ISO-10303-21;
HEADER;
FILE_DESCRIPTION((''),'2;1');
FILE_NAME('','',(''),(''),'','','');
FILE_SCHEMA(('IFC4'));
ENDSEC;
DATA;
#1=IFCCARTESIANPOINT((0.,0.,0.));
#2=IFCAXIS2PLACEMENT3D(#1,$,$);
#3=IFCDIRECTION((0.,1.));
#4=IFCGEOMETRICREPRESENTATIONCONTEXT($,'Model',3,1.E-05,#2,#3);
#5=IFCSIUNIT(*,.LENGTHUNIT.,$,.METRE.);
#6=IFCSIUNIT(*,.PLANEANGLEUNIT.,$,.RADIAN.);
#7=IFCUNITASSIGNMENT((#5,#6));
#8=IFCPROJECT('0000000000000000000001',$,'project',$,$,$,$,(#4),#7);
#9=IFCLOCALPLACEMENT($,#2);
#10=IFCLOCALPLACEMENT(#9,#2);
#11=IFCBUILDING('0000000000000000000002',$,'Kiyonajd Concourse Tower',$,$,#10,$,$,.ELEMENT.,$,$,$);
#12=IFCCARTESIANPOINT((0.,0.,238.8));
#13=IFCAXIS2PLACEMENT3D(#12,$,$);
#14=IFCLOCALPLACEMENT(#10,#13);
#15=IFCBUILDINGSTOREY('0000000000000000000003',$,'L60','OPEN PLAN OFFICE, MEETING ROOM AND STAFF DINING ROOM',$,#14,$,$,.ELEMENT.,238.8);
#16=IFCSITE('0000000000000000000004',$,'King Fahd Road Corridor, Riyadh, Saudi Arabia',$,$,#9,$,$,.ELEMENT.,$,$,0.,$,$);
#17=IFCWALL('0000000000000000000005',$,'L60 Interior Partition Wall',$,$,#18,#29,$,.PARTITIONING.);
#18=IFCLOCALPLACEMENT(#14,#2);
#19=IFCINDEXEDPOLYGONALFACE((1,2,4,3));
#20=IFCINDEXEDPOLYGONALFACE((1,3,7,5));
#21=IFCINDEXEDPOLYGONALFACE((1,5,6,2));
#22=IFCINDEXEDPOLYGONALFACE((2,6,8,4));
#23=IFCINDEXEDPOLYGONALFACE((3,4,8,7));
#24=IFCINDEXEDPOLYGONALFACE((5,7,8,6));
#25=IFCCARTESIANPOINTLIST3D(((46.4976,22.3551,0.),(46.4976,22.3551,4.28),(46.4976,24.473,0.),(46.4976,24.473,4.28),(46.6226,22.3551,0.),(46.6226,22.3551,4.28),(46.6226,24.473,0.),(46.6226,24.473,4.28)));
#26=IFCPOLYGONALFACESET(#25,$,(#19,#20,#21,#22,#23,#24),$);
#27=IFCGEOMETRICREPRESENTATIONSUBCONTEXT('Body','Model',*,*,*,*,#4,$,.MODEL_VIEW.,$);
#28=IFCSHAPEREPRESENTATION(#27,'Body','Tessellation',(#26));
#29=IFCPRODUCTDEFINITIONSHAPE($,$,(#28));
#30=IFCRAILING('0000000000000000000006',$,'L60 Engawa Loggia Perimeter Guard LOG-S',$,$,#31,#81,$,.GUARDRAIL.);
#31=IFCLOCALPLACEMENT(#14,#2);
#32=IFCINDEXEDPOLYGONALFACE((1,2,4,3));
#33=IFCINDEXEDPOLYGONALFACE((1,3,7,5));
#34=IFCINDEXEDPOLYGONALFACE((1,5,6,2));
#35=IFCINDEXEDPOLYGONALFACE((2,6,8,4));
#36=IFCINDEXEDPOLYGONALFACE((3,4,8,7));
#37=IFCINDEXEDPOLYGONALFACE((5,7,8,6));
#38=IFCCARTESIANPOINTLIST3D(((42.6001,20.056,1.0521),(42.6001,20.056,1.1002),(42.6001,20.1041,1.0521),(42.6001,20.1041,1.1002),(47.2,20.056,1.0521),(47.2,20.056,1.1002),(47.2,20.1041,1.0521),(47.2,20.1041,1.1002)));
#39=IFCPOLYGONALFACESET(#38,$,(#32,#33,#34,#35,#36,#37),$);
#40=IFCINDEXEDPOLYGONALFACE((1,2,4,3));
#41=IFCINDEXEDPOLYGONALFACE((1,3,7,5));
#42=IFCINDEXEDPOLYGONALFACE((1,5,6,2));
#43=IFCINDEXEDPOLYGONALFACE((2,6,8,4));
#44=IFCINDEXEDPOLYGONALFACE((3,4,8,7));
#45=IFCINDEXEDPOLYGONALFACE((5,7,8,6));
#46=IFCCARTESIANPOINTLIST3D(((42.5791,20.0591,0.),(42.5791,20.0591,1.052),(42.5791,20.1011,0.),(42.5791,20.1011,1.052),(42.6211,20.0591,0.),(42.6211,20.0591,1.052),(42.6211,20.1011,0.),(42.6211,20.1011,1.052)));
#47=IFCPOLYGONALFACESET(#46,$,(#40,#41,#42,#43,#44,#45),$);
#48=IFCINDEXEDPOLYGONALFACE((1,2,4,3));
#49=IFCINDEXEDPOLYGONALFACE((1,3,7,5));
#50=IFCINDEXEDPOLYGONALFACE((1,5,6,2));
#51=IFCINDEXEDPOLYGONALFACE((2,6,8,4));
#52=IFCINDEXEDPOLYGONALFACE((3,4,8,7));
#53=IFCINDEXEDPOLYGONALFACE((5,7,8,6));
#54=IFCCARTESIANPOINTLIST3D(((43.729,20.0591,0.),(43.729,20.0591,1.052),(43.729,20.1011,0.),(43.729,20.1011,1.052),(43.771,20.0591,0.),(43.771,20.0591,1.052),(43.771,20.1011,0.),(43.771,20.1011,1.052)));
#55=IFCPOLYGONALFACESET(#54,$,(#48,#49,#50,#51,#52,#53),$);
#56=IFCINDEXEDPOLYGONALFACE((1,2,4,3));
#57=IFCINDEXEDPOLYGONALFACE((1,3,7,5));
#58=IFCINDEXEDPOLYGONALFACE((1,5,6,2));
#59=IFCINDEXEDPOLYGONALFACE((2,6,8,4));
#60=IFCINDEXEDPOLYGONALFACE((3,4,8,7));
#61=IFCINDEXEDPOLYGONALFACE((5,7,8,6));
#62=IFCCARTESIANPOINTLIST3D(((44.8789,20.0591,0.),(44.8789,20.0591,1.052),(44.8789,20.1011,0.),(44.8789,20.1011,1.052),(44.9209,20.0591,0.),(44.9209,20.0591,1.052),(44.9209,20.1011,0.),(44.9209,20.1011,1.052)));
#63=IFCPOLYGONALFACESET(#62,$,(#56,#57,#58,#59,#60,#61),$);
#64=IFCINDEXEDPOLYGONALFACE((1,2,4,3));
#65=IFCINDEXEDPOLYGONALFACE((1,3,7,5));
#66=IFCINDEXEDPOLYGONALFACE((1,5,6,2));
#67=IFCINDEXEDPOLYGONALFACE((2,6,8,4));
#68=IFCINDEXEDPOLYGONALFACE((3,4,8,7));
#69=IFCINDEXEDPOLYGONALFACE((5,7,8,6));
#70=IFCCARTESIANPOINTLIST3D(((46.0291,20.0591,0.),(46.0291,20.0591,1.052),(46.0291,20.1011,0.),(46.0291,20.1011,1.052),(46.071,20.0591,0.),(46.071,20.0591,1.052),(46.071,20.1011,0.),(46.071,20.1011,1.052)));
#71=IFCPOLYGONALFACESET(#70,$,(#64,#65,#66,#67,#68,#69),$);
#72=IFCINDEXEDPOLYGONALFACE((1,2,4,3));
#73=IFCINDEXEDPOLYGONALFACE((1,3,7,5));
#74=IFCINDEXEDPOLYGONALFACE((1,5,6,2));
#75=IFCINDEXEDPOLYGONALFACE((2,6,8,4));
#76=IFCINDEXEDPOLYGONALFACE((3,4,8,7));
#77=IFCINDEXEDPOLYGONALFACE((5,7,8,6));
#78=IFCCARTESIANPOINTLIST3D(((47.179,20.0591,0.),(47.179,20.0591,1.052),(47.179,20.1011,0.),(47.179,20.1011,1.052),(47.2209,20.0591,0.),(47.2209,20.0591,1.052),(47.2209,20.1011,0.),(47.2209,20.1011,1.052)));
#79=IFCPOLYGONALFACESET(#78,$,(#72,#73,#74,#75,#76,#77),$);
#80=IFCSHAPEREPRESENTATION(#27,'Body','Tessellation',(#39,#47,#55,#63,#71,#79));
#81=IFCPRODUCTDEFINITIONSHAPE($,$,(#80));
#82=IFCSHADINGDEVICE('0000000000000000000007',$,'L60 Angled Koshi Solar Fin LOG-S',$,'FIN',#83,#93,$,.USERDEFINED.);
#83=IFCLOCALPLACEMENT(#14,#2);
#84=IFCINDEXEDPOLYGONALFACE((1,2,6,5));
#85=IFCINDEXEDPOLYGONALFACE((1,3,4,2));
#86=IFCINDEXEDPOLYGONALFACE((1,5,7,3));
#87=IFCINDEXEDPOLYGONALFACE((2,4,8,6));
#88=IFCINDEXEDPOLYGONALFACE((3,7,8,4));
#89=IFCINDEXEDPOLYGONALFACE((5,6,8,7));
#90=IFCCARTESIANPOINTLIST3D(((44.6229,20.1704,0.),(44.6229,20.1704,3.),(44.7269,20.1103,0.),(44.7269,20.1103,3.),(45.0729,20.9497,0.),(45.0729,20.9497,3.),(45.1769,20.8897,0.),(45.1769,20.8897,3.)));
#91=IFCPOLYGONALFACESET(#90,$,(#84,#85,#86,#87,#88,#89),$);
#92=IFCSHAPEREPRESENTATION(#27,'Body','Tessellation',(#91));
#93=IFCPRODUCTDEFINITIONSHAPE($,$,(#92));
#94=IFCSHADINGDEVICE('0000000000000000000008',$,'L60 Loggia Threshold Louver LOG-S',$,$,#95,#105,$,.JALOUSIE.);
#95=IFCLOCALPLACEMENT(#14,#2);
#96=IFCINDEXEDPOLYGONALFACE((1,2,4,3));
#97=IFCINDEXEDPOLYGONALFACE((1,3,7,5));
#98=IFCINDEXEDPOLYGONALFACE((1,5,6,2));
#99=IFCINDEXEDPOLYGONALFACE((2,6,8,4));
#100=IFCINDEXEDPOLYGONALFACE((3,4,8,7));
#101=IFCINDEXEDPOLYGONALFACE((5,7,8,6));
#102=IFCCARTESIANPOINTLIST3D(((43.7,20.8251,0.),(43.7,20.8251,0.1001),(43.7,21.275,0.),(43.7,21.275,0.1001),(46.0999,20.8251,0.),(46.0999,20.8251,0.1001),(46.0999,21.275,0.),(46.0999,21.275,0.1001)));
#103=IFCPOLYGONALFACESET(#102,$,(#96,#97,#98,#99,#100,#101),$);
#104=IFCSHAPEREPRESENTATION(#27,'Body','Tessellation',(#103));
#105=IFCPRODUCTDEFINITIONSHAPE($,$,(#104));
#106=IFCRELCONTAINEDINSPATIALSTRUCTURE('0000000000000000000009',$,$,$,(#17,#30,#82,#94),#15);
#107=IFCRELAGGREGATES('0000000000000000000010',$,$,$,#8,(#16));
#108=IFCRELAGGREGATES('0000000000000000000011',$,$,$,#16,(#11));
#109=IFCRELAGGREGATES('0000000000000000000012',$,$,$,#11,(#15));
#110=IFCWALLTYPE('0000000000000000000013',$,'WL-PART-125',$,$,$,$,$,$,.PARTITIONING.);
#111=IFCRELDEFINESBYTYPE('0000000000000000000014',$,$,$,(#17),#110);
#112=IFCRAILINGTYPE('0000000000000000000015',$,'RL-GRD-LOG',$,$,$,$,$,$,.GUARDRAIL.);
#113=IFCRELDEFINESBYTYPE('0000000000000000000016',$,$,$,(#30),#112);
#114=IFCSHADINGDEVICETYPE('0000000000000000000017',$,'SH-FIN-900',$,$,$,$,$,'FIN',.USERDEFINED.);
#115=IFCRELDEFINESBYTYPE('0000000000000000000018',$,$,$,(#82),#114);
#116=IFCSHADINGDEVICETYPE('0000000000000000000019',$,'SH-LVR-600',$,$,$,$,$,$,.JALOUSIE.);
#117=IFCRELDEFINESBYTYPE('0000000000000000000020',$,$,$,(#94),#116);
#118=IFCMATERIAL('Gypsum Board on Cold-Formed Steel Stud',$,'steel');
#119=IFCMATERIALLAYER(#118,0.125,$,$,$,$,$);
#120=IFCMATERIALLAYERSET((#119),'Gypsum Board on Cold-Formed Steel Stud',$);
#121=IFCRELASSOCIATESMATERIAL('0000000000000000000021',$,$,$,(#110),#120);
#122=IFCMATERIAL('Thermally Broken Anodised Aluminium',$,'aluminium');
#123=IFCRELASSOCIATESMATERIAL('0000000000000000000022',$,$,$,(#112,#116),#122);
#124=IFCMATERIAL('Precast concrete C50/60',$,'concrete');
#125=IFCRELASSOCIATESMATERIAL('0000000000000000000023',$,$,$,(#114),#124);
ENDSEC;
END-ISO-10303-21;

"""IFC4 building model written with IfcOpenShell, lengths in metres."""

from ifc_helpers import new_model, si_unit, direction, frame, frame_2d, origin, origin_2d, place, context, subcontext, project, spatial, rectangle, extrude, material, layer, layer_set, type_object, element, save


model = new_model("IFC4")

# Units and contexts
model_context = context("Model", 3, precision=1e-05, world=origin(), true_north=direction((0.0, 1.0)))
body_context = subcontext(model_context, "Body", "Model", "MODEL_VIEW")
ifc_project = project(units=[si_unit("LENGTHUNIT", "METRE"), si_unit("PLANEANGLEUNIT", "RADIAN")], contexts=[model_context])

# Site, building, storey
site_placement = place(None, origin())
site = spatial("IfcSite", under=ifc_project, at=site_placement, Name="King Fahd Road Corridor, Riyadh, Saudi Arabia", CompositionType="ELEMENT", RefElevation=0.0)
building_placement = place(site_placement, origin())
building = spatial("IfcBuilding", under=site, at=building_placement, Name="Kiyonajd Concourse Tower", CompositionType="ELEMENT")
storey_placement = place(building_placement, frame((0.0, 0.0, 238.8)))
storey = spatial("IfcBuildingStorey", under=building, at=storey_placement, Name="L60", Description="OPEN PLAN OFFICE, MEETING ROOM AND STAFF DINING ROOM", CompositionType="ELEMENT", Elevation=238.8)

# Shared definitions
ifc_material_1 = material(Name="Thermally Broken Anodised Aluminium", Category="aluminium")

# Shared definitions
ifc_material_2 = material(Name="Precast concrete C50/60", Category="concrete")

# Wall
ifc_material_3 = material(Name="Gypsum Board on Cold-Formed Steel Stud", Category="steel")
ifc_layer_1 = layer(ifc_material_3, 0.125)
ifc_layer_set_1 = layer_set([ifc_layer_1], Name="Gypsum Board on Cold-Formed Steel Stud")
wall_type_1 = type_object("IfcWallType", Name="WL-PART-125", PredefinedType="PARTITIONING", material=ifc_layer_set_1)
wall_1_placement = place(storey_placement, frame((46.5601, 22.355, 0.0), z_axis=(0.0, 0.0, 1.0), x_axis=(0.0, 1.0, 0.0)))
element("IfcWall", 1, at=wall_1_placement, inside=storey, type_object=wall_type_1, Name="L60 Interior Partition Wall", PredefinedType="PARTITIONING", context=body_context, shape_type="SweptSolid", body=[
    extrude(rectangle(XDim=2.1179, YDim=0.125, at=frame_2d((1.0591, 0.0))), origin(), (0.0, 0.0, 1.0), 4.28),
])

# Railing
railing_type = type_object("IfcRailingType", Name="RL-GRD-LOG", PredefinedType="GUARDRAIL", material=ifc_material_1)
railing_placement = place(storey_placement, frame((42.6001, 20.0801, 0.0)))
element("IfcRailing", 2, at=railing_placement, inside=storey, type_object=railing_type, Name="L60 Engawa Loggia Perimeter Guard LOG-S", PredefinedType="GUARDRAIL", context=body_context, shape_type="SweptSolid", body=[
    extrude(rectangle(XDim=0.0481, YDim=0.0481, at=origin_2d()), frame((0.0, 0.0, 1.0762), z_axis=(1.0, 0.0, 0.0), x_axis=(0.0, 1.0, 0.0)), (0.0, 0.0, 1.0), 4.5999),
    extrude(rectangle(XDim=0.042, YDim=0.042, at=origin_2d()), origin(), (0.0, 0.0, 1.0), 1.052),
    extrude(rectangle(XDim=0.042, YDim=0.042, at=origin_2d()), frame((1.1499, 0.0, 0.0)), (0.0, 0.0, 1.0), 1.052),
    extrude(rectangle(XDim=0.042, YDim=0.042, at=origin_2d()), frame((2.2998, 0.0, 0.0)), (0.0, 0.0, 1.0), 1.052),
    extrude(rectangle(XDim=0.042, YDim=0.042, at=origin_2d()), frame((3.45, 0.0, 0.0)), (0.0, 0.0, 1.0), 1.052),
    extrude(rectangle(XDim=0.042, YDim=0.042, at=origin_2d()), frame((4.5999, 0.0, 0.0)), (0.0, 0.0, 1.0), 1.052),
])

# Shading devices
shading_device_type_1 = type_object("IfcShadingDeviceType", Name="SH-FIN-900", ElementType="FIN", PredefinedType="USERDEFINED", material=ifc_material_2)
shading_device_1_placement = place(storey_placement, frame((44.8999, 20.53, 0.0), z_axis=(0.0, 0.0, 1.0), x_axis=(0.5, 0.866025, 0.0)))
element("IfcShadingDevice", 3, at=shading_device_1_placement, inside=storey, type_object=shading_device_type_1, Name="L60 Angled Koshi Solar Fin LOG-S", ObjectType="FIN", PredefinedType="USERDEFINED", context=body_context, shape_type="SweptSolid", body=[
    extrude(rectangle(XDim=0.8999, YDim=0.1201, at=origin_2d()), origin(), (0.0, 0.0, 1.0), 3.0),
])
shading_device_type_2 = type_object("IfcShadingDeviceType", Name="SH-LVR-600", PredefinedType="JALOUSIE", material=ifc_material_1)
shading_device_2_placement = place(storey_placement, frame((44.8999, 21.05, 0.0), z_axis=(0.0, 0.0, 1.0), x_axis=(1.0, 0.0, 0.0)))
element("IfcShadingDevice", 4, at=shading_device_2_placement, inside=storey, type_object=shading_device_type_2, Name="L60 Loggia Threshold Louver LOG-S", PredefinedType="JALOUSIE", context=body_context, shape_type="SweptSolid", body=[
    extrude(rectangle(XDim=2.3999, YDim=0.45, at=origin_2d()), origin(), (0.0, 0.0, 1.0), 0.1001),
])

save(model, "model.ifc")
